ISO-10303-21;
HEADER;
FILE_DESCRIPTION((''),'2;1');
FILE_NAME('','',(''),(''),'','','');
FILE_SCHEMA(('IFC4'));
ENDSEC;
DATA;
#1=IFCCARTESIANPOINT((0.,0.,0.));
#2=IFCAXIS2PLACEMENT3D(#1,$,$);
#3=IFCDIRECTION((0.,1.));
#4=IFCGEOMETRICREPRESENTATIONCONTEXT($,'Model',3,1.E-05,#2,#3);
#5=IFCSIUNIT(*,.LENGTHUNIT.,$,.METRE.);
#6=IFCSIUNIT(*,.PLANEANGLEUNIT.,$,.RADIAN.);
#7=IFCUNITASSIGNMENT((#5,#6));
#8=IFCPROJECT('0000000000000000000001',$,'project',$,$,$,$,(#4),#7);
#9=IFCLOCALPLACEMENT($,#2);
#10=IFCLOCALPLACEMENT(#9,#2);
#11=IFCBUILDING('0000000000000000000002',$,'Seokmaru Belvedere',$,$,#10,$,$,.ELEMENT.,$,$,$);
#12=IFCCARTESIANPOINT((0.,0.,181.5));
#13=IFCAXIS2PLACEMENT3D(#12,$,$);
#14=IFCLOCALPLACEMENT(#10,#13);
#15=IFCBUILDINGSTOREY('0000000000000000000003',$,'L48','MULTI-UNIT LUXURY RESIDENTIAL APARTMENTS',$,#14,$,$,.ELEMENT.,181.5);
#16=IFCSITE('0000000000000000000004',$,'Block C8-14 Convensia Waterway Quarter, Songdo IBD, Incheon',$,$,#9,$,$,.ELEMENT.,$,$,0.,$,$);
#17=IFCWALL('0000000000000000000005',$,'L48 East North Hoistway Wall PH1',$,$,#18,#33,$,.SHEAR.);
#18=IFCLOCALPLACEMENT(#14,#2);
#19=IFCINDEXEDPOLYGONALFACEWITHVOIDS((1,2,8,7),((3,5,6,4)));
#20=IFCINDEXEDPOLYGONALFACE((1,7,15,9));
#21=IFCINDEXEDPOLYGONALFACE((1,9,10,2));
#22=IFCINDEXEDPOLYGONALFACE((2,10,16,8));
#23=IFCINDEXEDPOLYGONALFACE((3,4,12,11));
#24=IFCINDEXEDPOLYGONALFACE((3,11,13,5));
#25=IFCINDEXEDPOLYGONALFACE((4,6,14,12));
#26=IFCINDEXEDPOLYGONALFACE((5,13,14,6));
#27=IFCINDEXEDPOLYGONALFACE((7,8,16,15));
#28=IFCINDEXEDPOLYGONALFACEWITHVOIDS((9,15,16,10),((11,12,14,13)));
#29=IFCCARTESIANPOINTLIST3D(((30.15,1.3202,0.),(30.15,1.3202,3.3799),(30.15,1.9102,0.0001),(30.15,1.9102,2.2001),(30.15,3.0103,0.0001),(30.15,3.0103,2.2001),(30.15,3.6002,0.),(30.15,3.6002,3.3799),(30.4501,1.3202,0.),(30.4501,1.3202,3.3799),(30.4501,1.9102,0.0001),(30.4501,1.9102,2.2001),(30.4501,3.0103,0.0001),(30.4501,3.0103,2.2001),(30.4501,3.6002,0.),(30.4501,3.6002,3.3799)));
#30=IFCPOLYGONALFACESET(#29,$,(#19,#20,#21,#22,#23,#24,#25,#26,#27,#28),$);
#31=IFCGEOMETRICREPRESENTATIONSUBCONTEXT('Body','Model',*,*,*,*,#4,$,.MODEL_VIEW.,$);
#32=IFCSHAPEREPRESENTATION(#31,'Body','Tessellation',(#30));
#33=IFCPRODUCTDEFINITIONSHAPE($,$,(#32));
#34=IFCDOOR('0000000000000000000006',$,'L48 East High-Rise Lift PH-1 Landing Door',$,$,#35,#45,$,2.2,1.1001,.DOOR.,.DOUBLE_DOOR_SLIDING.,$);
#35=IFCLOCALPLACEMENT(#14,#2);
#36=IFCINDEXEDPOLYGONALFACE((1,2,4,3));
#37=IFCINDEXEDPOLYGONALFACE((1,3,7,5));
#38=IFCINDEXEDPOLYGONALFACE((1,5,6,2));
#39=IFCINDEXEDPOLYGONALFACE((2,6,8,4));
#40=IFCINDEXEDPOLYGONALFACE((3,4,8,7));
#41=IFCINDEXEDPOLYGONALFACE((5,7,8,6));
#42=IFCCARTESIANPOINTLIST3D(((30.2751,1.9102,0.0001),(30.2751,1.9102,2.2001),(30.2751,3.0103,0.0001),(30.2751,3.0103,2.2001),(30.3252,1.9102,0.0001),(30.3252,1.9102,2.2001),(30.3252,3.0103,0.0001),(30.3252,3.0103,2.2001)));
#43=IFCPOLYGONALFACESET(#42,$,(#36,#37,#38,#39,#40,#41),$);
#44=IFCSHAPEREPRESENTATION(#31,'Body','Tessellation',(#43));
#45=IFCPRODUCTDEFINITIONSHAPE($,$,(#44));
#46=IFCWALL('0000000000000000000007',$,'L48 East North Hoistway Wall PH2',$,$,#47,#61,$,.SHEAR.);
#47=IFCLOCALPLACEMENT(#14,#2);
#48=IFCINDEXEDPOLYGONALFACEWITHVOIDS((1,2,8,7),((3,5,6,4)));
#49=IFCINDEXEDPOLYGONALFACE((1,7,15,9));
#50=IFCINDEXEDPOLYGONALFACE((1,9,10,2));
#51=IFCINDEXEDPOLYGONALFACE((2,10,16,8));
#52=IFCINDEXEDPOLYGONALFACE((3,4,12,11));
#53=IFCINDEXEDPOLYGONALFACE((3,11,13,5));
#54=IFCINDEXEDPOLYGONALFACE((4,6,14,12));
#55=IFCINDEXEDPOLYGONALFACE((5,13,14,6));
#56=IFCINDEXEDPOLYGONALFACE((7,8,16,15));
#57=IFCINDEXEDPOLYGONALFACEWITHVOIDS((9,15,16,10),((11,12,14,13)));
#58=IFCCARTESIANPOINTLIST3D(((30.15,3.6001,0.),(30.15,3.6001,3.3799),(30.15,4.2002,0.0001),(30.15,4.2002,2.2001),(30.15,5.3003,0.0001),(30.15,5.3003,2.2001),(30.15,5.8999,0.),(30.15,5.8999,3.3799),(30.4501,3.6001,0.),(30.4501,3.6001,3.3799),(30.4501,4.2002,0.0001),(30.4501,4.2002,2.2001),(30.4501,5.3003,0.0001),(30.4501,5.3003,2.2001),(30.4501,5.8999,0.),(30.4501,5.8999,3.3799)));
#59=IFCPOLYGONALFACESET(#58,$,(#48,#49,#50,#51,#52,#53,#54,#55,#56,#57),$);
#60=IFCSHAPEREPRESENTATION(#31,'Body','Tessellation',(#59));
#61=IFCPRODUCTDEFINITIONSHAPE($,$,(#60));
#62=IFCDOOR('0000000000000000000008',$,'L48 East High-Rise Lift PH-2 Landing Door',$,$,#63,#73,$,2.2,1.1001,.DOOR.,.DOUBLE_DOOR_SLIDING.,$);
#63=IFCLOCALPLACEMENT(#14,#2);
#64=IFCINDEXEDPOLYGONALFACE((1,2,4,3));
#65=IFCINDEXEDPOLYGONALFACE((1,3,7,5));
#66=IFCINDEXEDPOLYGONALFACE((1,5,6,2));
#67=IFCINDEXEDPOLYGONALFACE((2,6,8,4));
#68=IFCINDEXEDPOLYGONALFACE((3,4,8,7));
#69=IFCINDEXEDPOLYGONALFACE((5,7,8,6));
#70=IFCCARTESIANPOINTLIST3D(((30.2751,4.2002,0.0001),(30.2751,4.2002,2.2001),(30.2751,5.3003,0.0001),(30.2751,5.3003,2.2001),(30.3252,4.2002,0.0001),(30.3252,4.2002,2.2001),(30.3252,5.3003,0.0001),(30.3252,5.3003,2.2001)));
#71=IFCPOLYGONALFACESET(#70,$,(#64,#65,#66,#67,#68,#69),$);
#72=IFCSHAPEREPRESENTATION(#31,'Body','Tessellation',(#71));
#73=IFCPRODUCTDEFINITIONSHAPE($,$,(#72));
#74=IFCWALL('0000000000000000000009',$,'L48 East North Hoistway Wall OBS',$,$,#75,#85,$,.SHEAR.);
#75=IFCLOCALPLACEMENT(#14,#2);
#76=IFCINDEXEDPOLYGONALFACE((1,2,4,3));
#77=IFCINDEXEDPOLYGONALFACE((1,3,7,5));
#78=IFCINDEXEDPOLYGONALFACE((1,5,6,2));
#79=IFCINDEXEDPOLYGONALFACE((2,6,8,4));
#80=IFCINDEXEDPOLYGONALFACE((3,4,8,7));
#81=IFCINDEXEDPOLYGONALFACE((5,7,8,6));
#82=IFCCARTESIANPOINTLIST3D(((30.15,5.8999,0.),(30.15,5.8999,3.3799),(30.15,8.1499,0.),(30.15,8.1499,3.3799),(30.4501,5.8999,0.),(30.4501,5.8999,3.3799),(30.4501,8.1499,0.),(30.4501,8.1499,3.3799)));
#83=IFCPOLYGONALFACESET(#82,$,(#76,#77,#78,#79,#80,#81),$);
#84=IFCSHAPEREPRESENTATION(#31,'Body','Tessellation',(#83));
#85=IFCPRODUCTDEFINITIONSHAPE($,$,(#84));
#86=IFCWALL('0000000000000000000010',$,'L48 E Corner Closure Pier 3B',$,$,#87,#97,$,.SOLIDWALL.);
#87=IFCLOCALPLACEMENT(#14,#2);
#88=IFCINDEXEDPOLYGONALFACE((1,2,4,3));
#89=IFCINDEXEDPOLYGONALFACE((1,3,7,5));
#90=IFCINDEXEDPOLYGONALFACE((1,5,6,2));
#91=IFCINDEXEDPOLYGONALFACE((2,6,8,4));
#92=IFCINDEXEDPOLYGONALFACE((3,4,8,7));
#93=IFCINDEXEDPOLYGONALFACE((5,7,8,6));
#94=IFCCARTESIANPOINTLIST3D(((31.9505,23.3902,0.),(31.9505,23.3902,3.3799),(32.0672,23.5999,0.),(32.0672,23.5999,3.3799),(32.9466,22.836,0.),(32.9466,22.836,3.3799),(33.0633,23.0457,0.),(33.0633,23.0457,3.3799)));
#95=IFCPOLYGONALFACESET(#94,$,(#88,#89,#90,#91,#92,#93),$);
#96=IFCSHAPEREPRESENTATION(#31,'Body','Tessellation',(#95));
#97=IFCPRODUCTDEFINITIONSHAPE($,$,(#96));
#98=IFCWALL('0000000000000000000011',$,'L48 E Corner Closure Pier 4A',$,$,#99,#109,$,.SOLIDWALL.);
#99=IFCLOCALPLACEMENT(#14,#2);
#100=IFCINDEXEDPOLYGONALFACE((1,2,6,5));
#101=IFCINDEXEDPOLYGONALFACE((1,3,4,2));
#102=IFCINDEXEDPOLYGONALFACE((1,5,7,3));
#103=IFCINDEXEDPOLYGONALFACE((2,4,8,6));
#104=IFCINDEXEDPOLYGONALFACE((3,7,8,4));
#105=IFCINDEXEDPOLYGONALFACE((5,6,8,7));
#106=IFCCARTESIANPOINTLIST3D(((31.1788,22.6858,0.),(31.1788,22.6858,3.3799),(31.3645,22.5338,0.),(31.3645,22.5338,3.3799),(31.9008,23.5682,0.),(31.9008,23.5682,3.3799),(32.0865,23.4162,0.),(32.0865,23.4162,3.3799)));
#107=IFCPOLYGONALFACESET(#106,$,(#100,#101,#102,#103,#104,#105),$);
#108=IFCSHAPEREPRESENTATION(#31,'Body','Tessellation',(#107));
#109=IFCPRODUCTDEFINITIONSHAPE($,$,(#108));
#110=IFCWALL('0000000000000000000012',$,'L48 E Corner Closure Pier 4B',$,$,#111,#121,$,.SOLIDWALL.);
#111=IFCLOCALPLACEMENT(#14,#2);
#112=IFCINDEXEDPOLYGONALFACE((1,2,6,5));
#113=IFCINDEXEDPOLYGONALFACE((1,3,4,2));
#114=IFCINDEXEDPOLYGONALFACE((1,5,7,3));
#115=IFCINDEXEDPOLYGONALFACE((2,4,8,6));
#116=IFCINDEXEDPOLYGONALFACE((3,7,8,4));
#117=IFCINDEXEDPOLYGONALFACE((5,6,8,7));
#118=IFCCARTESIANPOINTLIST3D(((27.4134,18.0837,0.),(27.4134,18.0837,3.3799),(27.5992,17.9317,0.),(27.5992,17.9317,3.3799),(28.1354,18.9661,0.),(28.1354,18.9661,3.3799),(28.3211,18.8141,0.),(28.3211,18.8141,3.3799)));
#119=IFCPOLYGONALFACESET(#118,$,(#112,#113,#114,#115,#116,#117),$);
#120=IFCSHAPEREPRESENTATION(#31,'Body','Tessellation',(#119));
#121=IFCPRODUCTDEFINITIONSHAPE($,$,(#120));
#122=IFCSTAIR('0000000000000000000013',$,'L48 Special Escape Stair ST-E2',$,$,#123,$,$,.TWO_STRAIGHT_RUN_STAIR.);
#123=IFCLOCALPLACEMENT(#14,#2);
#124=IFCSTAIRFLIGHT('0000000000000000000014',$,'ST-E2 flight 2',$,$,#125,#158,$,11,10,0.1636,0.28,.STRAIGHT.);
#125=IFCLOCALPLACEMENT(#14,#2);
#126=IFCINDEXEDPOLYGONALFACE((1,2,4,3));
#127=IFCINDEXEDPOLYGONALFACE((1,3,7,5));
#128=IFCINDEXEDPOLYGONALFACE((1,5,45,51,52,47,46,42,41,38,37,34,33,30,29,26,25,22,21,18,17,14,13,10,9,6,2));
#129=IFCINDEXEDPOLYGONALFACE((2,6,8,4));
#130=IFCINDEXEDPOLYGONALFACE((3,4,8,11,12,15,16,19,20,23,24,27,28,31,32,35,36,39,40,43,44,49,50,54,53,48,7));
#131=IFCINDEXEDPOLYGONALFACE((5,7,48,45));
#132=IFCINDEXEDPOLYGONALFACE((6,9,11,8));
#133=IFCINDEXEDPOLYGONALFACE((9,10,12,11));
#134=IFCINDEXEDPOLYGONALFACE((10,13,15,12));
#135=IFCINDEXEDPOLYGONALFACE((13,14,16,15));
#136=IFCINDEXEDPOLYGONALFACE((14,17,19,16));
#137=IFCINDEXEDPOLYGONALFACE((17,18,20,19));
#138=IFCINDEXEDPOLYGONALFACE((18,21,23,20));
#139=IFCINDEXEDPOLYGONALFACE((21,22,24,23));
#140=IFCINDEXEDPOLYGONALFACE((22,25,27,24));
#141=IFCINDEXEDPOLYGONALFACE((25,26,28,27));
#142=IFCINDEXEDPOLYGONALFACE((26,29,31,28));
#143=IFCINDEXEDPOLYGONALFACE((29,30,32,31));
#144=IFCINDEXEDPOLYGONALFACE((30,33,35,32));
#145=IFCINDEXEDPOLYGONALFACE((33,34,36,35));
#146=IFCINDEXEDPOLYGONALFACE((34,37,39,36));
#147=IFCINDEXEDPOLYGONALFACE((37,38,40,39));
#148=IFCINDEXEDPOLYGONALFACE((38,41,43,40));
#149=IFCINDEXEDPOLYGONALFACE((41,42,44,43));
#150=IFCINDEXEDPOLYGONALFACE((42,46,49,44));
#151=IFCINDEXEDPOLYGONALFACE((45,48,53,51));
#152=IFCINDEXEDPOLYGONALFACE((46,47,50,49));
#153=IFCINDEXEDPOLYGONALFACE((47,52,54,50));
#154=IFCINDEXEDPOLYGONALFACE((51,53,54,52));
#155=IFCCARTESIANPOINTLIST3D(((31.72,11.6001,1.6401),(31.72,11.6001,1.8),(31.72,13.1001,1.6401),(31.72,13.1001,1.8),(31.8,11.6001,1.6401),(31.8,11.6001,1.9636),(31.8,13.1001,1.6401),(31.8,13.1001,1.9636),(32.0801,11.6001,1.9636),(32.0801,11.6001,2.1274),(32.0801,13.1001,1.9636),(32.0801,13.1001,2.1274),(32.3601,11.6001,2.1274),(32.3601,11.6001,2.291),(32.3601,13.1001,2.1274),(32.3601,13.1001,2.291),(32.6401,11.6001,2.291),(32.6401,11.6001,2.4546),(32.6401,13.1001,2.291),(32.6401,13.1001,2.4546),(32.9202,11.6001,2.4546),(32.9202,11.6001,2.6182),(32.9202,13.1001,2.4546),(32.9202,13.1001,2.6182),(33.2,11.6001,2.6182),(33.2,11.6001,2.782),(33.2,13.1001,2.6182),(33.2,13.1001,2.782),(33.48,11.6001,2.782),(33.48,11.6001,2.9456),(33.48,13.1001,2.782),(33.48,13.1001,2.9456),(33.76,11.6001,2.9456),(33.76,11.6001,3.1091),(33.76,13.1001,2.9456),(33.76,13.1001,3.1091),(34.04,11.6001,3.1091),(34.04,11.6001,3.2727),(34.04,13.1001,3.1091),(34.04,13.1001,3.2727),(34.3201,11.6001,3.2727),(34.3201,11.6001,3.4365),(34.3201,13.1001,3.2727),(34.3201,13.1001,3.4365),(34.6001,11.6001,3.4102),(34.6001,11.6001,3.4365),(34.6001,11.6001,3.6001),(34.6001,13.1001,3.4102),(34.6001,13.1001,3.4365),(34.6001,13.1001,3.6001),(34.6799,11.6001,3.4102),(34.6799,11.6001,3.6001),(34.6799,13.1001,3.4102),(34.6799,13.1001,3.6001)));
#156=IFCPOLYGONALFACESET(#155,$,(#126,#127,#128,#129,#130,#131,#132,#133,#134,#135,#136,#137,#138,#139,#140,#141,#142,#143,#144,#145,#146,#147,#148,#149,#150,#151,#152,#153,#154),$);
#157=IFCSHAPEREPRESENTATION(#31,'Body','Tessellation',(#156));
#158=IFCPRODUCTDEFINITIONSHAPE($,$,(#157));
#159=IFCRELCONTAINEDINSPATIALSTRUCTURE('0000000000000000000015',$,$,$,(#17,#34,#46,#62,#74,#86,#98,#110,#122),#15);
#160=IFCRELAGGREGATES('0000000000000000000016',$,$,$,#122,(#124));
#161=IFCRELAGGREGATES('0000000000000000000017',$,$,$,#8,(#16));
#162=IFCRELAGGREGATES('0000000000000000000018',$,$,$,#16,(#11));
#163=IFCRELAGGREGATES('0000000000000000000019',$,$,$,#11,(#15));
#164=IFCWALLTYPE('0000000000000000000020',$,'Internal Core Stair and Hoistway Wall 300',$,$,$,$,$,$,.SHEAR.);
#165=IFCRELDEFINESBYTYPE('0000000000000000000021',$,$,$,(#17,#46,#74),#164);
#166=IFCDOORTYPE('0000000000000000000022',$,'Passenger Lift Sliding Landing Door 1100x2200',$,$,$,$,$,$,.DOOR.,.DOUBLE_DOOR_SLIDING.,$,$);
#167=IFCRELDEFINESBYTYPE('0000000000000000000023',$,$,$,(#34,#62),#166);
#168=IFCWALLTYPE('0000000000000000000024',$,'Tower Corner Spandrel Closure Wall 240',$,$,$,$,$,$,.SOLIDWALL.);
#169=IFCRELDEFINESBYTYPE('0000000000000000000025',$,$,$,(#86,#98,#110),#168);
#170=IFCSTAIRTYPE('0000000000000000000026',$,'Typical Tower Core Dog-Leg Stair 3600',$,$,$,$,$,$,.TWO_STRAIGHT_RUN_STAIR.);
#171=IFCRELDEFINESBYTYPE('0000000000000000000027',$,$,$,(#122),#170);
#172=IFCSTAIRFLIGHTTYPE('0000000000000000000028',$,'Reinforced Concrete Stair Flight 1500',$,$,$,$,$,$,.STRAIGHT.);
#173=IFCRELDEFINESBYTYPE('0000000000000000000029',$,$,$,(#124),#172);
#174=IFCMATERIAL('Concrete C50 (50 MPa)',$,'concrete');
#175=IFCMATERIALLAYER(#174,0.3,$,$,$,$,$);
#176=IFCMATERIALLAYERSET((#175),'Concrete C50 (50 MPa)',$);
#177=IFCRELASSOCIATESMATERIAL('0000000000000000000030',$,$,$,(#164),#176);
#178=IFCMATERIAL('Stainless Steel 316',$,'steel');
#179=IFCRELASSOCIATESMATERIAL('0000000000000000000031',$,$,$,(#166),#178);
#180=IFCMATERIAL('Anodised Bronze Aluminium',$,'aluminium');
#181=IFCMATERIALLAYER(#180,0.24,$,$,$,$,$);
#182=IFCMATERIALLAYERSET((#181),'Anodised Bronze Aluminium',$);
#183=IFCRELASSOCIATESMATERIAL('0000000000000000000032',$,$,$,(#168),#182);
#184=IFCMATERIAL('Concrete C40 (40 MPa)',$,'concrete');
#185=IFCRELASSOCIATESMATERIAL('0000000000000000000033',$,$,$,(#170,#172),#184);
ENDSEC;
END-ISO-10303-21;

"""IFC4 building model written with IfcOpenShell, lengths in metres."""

from ifc_helpers import new_model, si_unit, direction, frame, frame_2d, origin, place, context, subcontext, project, spatial, polyline, rectangle, outline, extrude, source, transform, mapped, material, layer, layer_set, type_object, type_shapes, element, fill, aggregate, save


model = new_model("IFC4")

# Units and contexts
model_context = context("Model", 3, precision=1e-05, world=origin(), true_north=direction((0.0, 1.0)))
body_context = subcontext(model_context, "Body", "Model", "MODEL_VIEW")
ifc_project = project(units=[si_unit("LENGTHUNIT", "METRE"), si_unit("PLANEANGLEUNIT", "RADIAN")], contexts=[model_context])

# Site, building, storey
site_placement = place(None, origin())
site = spatial("IfcSite", under=ifc_project, at=site_placement, Name="Block C8-14 Convensia Waterway Quarter, Songdo IBD, Incheon", CompositionType="ELEMENT", RefElevation=0.0)
building_placement = place(site_placement, origin())
building = spatial("IfcBuilding", under=site, at=building_placement, Name="Seokmaru Belvedere", CompositionType="ELEMENT")
storey_placement = place(building_placement, frame((0.0, 0.0, 181.5)))
storey = spatial("IfcBuildingStorey", under=building, at=storey_placement, Name="L48", Description="MULTI-UNIT LUXURY RESIDENTIAL APARTMENTS", CompositionType="ELEMENT", Elevation=181.5)

# Shared definitions
ifc_material_1 = material(Name="Anodised Bronze Aluminium", Category="aluminium")

# Shared definitions
ifc_material_2 = material(Name="Concrete C50 (50 MPa)", Category="concrete")

# Walls, openings, doors
ifc_layer_1 = layer(ifc_material_2, 0.3)
ifc_layer_set_1 = layer_set([ifc_layer_1], Name="Concrete C50 (50 MPa)")
wall_type_1 = type_object("IfcWallType", Name="Internal Core Stair and Hoistway Wall 300", PredefinedType="SHEAR", material=ifc_layer_set_1)
wall_1_placement = place(storey_placement, frame((30.3, 1.3201, 0.0), z_axis=(0.0, 0.0, 1.0), x_axis=(0.0, 1.0, 0.0)))
wall_1 = element("IfcWall", 1, at=wall_1_placement, inside=storey, type_object=wall_type_1, Name="L48 East North Hoistway Wall PH1", PredefinedType="SHEAR", context=body_context, shape_type="SweptSolid", body=[
    extrude(rectangle(XDim=2.28, YDim=0.3, at=frame_2d((1.1401, 0.0))), origin(), (0.0, 0.0, 1.0), 3.3799),
])
opening_1_placement = place(wall_1_placement, frame((0.5901, 0.0, 0.0)))
opening_1 = element("IfcOpeningElement", 2, at=opening_1_placement, cuts=wall_1, PredefinedType="OPENING", context=body_context, shape_type="SweptSolid", body=[
    extrude(rectangle(XDim=1.1001, YDim=2.2, at=frame_2d((0.55, 1.1001))), frame((0.0, 0.1602, 0.0), z_axis=(0.0, -1.0, 0.0), x_axis=(1.0, 0.0, 0.0)), (0.0, 0.0, 1.0), 0.3201),
])
ifc_material_3 = material(Name="Stainless Steel 316", Category="steel")
door_type_1 = type_object("IfcDoorType", Name="Passenger Lift Sliding Landing Door 1100x2200", OperationType="DOUBLE_DOOR_SLIDING", PredefinedType="DOOR", material=ifc_material_3)
shared_shape_1 = source(origin(), body_context, "Body", "SweptSolid", [
    extrude(rectangle(XDim=1.1001, YDim=2.2, at=frame_2d((0.55, 1.1001))), frame((0.0, 0.0249, 0.0), z_axis=(0.0, -1.0, 0.0), x_axis=(1.0, 0.0, 0.0)), (0.0, 0.0, 1.0), 0.05),
])
type_shapes(door_type_1, [shared_shape_1])
door_1_placement = place(opening_1_placement, origin())
door_1 = element("IfcDoor", 3, at=door_1_placement, inside=storey, type_object=door_type_1, Name="L48 East High-Rise Lift PH-1 Landing Door", OperationType="DOUBLE_DOOR_SLIDING", OverallHeight=2.2, OverallWidth=1.1001, PredefinedType="DOOR", context=body_context, shape_type="MappedRepresentation", body=[
    mapped(shared_shape_1, transform((0.0, 0.0, 0.0), scale=1.0)),
])
fill(opening_1, door_1)
wall_2_placement = place(storey_placement, frame((30.3, 3.6001, 0.0), z_axis=(0.0, 0.0, 1.0), x_axis=(0.0, 1.0, 0.0)))
wall_2 = element("IfcWall", 4, at=wall_2_placement, inside=storey, type_object=wall_type_1, Name="L48 East North Hoistway Wall PH2", PredefinedType="SHEAR", context=body_context, shape_type="SweptSolid", body=[
    extrude(rectangle(XDim=2.2998, YDim=0.3, at=frame_2d((1.1499, 0.0))), origin(), (0.0, 0.0, 1.0), 3.3799),
])
opening_2_placement = place(wall_2_placement, frame((0.6001, 0.0, 0.0)))
opening_2 = element("IfcOpeningElement", 5, at=opening_2_placement, cuts=wall_2, PredefinedType="OPENING", context=body_context, shape_type="SweptSolid", body=[
    extrude(rectangle(XDim=1.1001, YDim=2.2, at=frame_2d((0.55, 1.1001))), frame((0.0, 0.1602, 0.0), z_axis=(0.0, -1.0, 0.0), x_axis=(1.0, 0.0, 0.0)), (0.0, 0.0, 1.0), 0.3201),
])
door_2_placement = place(opening_2_placement, origin())
door_2 = element("IfcDoor", 6, at=door_2_placement, inside=storey, type_object=door_type_1, Name="L48 East High-Rise Lift PH-2 Landing Door", OperationType="DOUBLE_DOOR_SLIDING", OverallHeight=2.2, OverallWidth=1.1001, PredefinedType="DOOR", context=body_context, shape_type="MappedRepresentation", body=[
    mapped(shared_shape_1, transform((0.0, 0.0, 0.0), scale=1.0)),
])
fill(opening_2, door_2)

# Wall
wall_3_placement = place(storey_placement, frame((30.3, 5.8999, 0.0), z_axis=(0.0, 0.0, 1.0), x_axis=(0.0, 1.0, 0.0)))
element("IfcWall", 7, at=wall_3_placement, inside=storey, type_object=wall_type_1, Name="L48 East North Hoistway Wall OBS", PredefinedType="SHEAR", context=body_context, shape_type="SweptSolid", body=[
    extrude(rectangle(XDim=2.25, YDim=0.3, at=frame_2d((1.125, 0.0))), origin(), (0.0, 0.0, 1.0), 3.3799),
])

# Walls
ifc_layer_2 = layer(ifc_material_1, 0.24)
ifc_layer_set_2 = layer_set([ifc_layer_2], Name="Anodised Bronze Aluminium")
wall_type_2 = type_object("IfcWallType", Name="Tower Corner Spandrel Closure Wall 240", PredefinedType="SOLIDWALL", material=ifc_layer_set_2)
wall_4_placement = place(storey_placement, frame((33.0049, 22.9409, 0.0), z_axis=(0.0, 0.0, 1.0), x_axis=(-0.873854, 0.486188, 0.0)))
element("IfcWall", 8, at=wall_4_placement, inside=storey, type_object=wall_type_2, Name="L48 E Corner Closure Pier 3B", PredefinedType="SOLIDWALL", context=body_context, shape_type="SweptSolid", body=[
    extrude(rectangle(XDim=1.1399, YDim=0.24, at=frame_2d((0.5698, 0.0))), origin(), (0.0, 0.0, 1.0), 3.3799),
])
for number, where, z_axis, x_axis, name in (
    (9, (31.9937, 23.4922, 0.0), (0.0, 0.0, 1.0), (-0.633249, -0.773948, 0.0), "L48 E Corner Closure Pier 4A"),
    (10, (28.2283, 18.8901, 0.0), (0.0, 0.0, 1.0), (-0.633249, -0.773948, 0.0), "L48 E Corner Closure Pier 4B"),
):
    element("IfcWall", number, at=place(storey_placement, frame(where, z_axis=z_axis, x_axis=x_axis)), inside=storey, type_object=wall_type_2, Name=name, PredefinedType="SOLIDWALL", context=body_context, shape_type="SweptSolid", body=[
        extrude(rectangle(XDim=1.1401, YDim=0.24, at=frame_2d((0.5701, 0.0))), origin(), (0.0, 0.0, 1.0), 3.3799),
    ])

# Stair, stair flight
ifc_material_4 = material(Name="Concrete C40 (40 MPa)", Category="concrete")
stair_type = type_object("IfcStairType", Name="Typical Tower Core Dog-Leg Stair 3600", PredefinedType="TWO_STRAIGHT_RUN_STAIR", material=ifc_material_4)
stair_placement = place(storey_placement, origin())
stair = element("IfcStair", 11, at=stair_placement, inside=storey, type_object=stair_type, Name="L48 Special Escape Stair ST-E2", PredefinedType="TWO_STRAIGHT_RUN_STAIR")
stair_flight_type = type_object("IfcStairFlightType", Name="Reinforced Concrete Stair Flight 1500", PredefinedType="STRAIGHT", material=ifc_material_4)
stair_flight_placement = place(storey_placement, frame((31.8, 12.3501, 1.8), z_axis=(0.0, 0.0, 1.0), x_axis=(1.0, 0.0, 0.0)))
stair_flight = element("IfcStairFlight", 12, at=stair_flight_placement, type_object=stair_flight_type, Name="ST-E2 flight 2", NumberOfRisers=11, NumberOfTreads=10, PredefinedType="STRAIGHT", RiserHeight=0.1636, TreadLength=0.28, context=body_context, shape_type="SweptSolid", body=[
    extrude(outline(polyline([(-0.0801, 0.0), (0.0, 0.1636), (0.28, 0.1636), (0.28, 0.3274), (0.5601, 0.3274), (0.5601, 0.491), (0.8401, 0.491), (0.8401, 0.6545), (1.1201, 0.6545), (1.1201, 0.8181), (1.3999, 0.8181), (1.3999, 0.9819), (1.6799, 0.9819), (1.6799, 1.1455), (1.96, 1.1455), (1.96, 1.3091), (2.24, 1.3091), (2.24, 1.4727), (2.52, 1.4727), (2.52, 1.6365), (2.8, 1.6365), (2.8, 1.8), (2.8799, 1.8), (2.8799, 1.6101), (2.8, 1.6101), (0.0, -0.1599), (-0.0801, -0.1599), (-0.0801, 0.0)])), frame((0.0, 0.75, 0.0), z_axis=(0.0, -1.0, 0.0), x_axis=(1.0, 0.0, 0.0)), (0.0, 0.0, 1.0), 1.5),
])
aggregate(stair, [stair_flight])

save(model, "model.ifc")
